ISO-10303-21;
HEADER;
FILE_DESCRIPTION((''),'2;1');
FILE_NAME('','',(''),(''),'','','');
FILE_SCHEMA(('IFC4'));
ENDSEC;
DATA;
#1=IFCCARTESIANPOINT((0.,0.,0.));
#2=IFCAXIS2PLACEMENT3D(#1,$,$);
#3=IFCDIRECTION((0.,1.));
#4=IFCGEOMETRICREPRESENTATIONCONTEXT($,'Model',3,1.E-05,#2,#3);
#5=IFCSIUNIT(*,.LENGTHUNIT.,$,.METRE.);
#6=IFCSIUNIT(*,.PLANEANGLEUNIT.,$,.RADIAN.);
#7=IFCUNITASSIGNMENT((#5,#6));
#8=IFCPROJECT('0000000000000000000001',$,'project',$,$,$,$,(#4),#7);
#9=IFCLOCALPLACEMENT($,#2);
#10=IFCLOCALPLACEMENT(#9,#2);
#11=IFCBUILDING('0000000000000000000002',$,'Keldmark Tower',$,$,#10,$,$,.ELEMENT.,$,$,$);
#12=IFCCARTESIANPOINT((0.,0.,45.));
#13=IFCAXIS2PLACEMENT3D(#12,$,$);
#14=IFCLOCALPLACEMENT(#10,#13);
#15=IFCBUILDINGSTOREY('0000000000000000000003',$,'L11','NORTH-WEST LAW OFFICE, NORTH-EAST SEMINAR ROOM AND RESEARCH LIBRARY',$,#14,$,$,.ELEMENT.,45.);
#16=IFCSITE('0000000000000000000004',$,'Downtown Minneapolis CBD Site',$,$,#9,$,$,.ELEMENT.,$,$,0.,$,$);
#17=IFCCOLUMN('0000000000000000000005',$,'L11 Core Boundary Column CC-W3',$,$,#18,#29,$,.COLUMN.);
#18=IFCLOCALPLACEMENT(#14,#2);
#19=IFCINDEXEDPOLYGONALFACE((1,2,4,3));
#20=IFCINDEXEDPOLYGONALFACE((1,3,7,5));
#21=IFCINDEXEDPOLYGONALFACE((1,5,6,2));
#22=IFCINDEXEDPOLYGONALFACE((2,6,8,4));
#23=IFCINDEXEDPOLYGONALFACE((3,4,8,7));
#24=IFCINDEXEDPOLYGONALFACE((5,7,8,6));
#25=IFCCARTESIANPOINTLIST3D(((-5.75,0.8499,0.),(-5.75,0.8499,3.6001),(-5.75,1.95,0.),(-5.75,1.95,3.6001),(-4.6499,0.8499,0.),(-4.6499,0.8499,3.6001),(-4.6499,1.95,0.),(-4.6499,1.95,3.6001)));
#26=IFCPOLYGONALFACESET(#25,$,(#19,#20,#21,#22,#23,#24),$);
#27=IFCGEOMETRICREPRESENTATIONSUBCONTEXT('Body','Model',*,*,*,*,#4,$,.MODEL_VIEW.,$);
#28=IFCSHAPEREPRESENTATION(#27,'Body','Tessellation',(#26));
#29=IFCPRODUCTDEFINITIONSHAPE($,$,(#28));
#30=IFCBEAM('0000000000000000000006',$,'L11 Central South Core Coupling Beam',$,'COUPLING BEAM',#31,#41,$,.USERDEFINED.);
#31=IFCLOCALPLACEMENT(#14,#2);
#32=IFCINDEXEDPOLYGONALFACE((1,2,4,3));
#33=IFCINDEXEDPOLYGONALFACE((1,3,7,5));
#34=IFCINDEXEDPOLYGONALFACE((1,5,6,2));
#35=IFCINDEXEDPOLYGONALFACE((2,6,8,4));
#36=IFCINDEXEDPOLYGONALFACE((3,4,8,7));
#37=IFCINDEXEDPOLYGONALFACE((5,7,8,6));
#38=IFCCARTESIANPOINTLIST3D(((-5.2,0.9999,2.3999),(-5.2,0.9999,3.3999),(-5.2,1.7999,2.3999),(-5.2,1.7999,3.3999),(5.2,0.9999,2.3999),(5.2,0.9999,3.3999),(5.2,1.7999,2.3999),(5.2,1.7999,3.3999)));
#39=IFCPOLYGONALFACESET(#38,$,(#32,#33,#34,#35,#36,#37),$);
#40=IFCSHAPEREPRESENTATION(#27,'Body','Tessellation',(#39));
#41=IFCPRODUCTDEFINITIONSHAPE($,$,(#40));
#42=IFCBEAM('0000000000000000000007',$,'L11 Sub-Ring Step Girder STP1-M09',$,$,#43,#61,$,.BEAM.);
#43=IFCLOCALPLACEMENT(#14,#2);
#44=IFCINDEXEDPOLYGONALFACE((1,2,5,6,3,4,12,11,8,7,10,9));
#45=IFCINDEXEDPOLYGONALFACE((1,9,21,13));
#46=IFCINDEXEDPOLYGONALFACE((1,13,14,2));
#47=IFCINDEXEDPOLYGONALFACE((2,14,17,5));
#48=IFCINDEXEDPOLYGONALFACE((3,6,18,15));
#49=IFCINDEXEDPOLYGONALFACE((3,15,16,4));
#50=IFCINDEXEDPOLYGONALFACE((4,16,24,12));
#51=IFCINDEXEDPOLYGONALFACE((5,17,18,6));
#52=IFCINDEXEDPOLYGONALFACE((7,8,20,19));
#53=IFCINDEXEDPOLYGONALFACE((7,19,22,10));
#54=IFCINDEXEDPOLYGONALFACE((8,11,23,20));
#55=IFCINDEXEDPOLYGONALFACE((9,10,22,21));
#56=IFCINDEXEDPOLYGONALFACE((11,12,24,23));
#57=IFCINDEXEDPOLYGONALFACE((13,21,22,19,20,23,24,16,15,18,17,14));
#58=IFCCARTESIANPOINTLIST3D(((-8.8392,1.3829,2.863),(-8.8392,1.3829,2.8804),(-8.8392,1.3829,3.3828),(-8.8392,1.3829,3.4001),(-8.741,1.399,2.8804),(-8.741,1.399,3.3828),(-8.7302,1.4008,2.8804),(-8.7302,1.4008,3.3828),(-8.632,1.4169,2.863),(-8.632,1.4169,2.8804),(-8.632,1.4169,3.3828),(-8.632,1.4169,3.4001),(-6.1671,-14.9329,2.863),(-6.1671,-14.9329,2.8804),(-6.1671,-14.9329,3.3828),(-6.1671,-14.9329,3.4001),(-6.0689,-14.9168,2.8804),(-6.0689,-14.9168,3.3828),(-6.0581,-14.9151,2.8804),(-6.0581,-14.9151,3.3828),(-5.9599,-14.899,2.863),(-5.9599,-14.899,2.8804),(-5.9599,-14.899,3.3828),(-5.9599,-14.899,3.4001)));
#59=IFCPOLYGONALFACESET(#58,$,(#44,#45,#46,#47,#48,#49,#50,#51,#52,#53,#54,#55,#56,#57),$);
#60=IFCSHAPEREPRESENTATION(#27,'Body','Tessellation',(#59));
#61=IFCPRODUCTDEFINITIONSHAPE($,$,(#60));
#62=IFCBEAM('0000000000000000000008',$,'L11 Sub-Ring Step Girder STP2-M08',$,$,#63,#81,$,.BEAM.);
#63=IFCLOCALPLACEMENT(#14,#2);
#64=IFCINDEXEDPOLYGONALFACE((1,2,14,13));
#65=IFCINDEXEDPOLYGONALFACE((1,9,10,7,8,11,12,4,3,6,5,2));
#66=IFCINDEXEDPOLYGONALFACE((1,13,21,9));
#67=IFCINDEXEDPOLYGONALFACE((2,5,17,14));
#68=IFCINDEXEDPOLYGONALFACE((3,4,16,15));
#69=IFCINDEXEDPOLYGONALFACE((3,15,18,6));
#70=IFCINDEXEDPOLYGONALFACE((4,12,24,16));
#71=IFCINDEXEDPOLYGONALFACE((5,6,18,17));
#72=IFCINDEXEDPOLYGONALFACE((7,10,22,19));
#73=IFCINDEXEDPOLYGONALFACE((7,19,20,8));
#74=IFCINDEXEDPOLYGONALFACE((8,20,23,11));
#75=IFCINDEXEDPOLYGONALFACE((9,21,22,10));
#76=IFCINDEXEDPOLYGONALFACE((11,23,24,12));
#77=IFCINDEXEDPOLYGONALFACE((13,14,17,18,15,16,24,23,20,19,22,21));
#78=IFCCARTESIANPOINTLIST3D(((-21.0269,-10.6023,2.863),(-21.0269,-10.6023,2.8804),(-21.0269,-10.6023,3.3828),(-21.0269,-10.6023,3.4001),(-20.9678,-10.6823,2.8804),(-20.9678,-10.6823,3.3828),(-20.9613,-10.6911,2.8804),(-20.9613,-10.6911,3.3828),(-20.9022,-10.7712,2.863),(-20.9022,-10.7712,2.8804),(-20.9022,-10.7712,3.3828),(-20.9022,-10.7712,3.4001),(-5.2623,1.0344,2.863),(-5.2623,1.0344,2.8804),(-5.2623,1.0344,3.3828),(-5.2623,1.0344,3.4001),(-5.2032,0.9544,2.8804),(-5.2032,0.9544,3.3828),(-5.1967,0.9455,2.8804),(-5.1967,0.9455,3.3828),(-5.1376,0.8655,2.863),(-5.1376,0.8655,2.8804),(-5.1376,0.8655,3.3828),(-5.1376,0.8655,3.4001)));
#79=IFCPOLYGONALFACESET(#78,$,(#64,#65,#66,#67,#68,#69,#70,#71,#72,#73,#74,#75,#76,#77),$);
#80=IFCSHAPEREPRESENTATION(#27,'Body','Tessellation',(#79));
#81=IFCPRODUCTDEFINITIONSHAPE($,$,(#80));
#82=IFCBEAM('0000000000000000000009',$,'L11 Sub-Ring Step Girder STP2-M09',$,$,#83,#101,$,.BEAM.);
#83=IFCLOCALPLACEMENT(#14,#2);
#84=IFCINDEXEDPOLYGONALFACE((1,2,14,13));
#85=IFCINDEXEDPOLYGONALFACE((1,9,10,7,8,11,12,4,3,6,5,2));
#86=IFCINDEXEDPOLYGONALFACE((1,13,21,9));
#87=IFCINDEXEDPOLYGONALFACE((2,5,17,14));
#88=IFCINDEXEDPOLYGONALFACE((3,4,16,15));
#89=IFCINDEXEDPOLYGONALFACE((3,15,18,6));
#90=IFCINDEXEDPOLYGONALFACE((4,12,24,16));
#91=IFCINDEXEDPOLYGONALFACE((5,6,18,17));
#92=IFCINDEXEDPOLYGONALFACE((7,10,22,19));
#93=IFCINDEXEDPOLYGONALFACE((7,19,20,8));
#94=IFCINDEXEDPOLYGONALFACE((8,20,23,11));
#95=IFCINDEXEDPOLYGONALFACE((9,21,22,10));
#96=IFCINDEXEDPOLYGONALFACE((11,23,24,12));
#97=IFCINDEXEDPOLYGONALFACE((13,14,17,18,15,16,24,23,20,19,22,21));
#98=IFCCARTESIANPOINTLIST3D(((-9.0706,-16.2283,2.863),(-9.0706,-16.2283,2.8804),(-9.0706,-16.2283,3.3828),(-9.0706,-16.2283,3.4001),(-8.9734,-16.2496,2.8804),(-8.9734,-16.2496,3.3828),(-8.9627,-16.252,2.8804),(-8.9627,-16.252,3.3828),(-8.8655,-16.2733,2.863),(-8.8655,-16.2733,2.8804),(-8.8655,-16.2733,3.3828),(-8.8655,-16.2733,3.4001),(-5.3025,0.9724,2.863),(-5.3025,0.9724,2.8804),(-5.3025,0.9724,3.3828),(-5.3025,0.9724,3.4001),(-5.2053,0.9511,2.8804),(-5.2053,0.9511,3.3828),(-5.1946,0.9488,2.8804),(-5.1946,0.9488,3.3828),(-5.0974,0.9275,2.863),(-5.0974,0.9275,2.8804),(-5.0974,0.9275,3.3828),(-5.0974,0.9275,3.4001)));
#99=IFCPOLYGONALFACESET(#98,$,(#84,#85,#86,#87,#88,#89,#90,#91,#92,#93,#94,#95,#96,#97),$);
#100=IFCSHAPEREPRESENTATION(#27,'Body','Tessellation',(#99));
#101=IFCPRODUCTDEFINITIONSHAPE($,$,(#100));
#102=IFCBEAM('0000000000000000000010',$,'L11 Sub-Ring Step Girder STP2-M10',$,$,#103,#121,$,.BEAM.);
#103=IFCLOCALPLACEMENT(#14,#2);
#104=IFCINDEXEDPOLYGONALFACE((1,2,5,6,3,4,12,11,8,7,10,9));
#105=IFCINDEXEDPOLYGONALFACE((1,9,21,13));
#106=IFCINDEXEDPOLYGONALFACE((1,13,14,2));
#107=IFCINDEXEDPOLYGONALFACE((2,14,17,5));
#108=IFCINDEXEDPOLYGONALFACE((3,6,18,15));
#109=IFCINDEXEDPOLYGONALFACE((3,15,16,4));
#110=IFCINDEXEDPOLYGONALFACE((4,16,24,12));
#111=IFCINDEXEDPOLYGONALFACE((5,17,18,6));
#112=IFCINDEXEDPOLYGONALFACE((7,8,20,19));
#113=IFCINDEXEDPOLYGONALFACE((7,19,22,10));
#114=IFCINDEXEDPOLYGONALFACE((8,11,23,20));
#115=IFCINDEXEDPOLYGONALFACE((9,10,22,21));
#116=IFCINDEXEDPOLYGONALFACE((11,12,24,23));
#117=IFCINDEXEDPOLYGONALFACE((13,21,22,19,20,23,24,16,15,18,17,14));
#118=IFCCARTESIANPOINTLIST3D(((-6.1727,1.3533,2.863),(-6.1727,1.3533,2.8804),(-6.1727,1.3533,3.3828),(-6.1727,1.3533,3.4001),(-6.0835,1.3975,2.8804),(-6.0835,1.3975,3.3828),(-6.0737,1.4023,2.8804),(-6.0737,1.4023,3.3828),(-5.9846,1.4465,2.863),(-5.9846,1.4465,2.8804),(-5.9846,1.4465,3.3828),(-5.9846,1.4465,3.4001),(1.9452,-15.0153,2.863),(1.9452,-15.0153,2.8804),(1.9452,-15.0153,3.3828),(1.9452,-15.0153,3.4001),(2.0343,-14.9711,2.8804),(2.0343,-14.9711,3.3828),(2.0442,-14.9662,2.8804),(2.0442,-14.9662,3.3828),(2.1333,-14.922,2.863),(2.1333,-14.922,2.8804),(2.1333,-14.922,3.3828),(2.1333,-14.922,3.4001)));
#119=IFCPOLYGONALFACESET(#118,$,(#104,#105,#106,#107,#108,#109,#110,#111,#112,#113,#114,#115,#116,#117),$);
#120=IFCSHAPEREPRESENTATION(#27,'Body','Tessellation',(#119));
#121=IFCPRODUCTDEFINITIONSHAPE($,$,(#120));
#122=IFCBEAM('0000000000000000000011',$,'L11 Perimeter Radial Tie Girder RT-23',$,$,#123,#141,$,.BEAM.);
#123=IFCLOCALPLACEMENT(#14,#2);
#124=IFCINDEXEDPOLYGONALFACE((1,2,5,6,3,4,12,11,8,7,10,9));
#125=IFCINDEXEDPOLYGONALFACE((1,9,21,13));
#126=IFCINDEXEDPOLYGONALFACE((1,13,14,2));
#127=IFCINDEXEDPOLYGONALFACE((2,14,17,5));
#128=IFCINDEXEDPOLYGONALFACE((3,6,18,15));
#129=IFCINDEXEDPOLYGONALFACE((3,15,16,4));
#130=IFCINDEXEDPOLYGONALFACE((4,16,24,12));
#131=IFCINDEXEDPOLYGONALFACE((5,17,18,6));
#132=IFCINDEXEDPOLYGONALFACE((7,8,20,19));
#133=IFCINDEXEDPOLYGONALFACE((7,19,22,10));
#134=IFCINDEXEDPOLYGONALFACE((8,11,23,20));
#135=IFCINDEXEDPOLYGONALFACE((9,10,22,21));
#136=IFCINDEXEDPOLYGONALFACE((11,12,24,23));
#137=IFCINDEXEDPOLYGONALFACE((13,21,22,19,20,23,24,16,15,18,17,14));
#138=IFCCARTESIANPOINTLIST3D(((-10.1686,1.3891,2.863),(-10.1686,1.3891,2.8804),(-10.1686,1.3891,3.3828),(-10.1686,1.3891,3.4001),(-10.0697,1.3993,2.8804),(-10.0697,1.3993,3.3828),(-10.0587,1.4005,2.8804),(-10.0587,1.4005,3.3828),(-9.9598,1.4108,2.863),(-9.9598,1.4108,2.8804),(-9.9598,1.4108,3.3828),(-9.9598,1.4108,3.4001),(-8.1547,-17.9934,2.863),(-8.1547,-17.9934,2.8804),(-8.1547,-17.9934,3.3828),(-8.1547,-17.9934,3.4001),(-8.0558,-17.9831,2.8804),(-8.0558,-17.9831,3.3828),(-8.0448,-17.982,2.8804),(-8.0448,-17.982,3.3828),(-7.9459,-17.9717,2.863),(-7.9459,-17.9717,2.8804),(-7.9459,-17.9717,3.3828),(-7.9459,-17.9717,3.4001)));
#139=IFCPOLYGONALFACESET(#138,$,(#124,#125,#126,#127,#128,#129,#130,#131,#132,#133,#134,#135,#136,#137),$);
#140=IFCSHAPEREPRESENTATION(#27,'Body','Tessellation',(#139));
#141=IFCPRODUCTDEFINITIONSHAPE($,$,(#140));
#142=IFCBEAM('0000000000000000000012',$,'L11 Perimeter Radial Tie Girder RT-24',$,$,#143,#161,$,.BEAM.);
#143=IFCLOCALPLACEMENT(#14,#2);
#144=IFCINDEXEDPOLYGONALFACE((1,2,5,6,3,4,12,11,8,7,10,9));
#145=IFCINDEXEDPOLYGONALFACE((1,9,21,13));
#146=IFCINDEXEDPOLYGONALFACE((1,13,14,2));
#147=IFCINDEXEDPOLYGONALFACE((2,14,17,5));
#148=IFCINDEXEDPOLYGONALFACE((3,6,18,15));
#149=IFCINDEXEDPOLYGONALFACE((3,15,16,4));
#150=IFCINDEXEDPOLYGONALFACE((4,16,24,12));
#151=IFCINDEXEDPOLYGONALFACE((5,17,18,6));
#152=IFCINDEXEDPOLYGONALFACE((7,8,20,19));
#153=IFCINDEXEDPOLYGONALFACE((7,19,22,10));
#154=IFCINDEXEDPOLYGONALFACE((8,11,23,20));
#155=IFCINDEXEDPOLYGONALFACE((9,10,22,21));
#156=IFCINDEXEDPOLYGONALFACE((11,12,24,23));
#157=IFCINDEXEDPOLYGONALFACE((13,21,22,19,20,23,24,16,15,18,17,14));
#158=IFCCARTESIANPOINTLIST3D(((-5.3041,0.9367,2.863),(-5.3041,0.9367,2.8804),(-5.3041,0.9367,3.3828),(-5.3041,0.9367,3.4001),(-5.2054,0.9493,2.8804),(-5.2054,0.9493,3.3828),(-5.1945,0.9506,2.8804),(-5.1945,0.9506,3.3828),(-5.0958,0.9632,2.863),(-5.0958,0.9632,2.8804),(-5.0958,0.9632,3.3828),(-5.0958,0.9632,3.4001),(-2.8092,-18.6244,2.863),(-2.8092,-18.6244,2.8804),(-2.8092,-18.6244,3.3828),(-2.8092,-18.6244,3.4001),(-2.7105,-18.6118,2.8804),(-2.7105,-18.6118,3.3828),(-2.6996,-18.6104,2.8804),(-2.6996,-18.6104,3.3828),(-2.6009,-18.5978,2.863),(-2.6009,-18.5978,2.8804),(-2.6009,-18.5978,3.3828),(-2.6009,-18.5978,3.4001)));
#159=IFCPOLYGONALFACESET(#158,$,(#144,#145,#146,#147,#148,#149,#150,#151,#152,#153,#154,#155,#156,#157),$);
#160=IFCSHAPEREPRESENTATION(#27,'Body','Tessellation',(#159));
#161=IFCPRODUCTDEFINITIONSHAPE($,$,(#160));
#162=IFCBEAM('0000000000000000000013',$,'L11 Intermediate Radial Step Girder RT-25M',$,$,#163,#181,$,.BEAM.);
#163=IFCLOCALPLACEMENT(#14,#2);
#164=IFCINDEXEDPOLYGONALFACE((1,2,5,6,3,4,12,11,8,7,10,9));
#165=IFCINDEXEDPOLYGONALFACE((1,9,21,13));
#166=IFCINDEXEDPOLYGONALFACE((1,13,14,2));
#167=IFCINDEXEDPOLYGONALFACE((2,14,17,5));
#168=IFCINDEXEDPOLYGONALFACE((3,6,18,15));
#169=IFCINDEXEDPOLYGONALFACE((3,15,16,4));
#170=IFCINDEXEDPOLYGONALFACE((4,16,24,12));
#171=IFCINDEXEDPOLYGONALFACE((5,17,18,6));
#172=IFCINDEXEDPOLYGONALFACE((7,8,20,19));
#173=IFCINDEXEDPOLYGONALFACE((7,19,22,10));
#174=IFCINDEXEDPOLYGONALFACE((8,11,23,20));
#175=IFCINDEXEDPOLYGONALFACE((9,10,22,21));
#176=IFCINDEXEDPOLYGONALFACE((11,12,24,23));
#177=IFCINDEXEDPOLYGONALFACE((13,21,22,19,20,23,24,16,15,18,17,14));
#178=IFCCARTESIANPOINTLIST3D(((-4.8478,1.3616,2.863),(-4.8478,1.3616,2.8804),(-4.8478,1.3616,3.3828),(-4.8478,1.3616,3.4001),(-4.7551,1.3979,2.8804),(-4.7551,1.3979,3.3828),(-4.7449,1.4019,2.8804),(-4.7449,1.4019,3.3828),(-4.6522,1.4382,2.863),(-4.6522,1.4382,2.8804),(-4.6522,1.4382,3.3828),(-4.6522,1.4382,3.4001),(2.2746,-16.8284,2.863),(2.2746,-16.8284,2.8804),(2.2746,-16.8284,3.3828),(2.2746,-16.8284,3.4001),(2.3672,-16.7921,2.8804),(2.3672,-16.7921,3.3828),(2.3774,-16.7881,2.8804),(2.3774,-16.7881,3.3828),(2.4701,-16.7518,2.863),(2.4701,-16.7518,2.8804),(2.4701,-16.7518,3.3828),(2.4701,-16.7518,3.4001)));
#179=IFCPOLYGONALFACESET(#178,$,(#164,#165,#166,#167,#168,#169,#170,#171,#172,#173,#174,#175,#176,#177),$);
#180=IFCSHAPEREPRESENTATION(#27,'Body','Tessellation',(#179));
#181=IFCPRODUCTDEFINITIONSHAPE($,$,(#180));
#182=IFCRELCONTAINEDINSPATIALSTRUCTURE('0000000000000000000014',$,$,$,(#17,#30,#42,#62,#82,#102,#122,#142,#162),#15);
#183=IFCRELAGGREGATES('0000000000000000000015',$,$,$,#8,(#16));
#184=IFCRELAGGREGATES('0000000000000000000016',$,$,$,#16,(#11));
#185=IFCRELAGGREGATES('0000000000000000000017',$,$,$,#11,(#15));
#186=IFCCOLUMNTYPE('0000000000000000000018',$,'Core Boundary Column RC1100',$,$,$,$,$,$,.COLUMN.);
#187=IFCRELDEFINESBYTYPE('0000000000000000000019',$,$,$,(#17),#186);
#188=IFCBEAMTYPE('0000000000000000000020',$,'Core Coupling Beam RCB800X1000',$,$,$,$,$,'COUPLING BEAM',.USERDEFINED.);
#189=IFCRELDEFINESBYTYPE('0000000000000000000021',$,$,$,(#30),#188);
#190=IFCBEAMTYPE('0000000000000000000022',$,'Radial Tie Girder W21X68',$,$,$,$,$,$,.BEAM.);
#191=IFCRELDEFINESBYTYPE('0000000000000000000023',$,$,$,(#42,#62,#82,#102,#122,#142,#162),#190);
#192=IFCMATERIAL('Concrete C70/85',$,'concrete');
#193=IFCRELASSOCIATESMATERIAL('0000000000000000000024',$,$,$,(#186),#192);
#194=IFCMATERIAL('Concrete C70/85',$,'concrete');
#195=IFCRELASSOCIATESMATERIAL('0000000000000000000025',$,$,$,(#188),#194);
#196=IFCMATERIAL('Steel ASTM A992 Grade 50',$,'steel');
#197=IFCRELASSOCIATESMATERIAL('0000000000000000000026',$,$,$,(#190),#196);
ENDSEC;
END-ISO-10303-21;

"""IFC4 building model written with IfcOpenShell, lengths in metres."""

from ifc_helpers import new_model, si_unit, direction, frame, origin, origin_2d, place, context, subcontext, project, spatial, rectangle, i_section, extrude, material, material_profile, profile_set, type_object, element, save


model = new_model("IFC4")

# Units and contexts
model_context = context("Model", 3, precision=1e-05, world=origin(), true_north=direction((0.0, 1.0)))
body_context = subcontext(model_context, "Body", "Model", "MODEL_VIEW")
ifc_project = project(units=[si_unit("LENGTHUNIT", "METRE"), si_unit("PLANEANGLEUNIT", "RADIAN")], contexts=[model_context])

# Site, building, storey
site_placement = place(None, origin())
site = spatial("IfcSite", under=ifc_project, at=site_placement, Name="Downtown Minneapolis CBD Site", CompositionType="ELEMENT", RefElevation=0.0)
building_placement = place(site_placement, origin())
building = spatial("IfcBuilding", under=site, at=building_placement, Name="Keldmark Tower", CompositionType="ELEMENT")
storey_placement = place(building_placement, frame((0.0, 0.0, 45.0)))
storey = spatial("IfcBuildingStorey", under=building, at=storey_placement, Name="L11", Description="NORTH-WEST LAW OFFICE, NORTH-EAST SEMINAR ROOM AND RESEARCH LIBRARY", CompositionType="ELEMENT", Elevation=45.0)

# Column
ifc_material_1 = material(Name="Concrete C70/85", Category="concrete")
ifc_material_profile_1 = material_profile(ifc_material_1, rectangle(XDim=1.1001, YDim=1.1001, at=origin_2d()), Name="RC1100X1100")
ifc_profile_set_1 = profile_set([ifc_material_profile_1], Name="Concrete C70/85")
column_type = type_object("IfcColumnType", Name="Core Boundary Column RC1100", PredefinedType="COLUMN", material=ifc_profile_set_1)
column_placement = place(storey_placement, frame((-5.2, 1.3999, 0.0), z_axis=(0.0, 0.0, 1.0), x_axis=(1.0, 0.0, 0.0)))
element("IfcColumn", 1, at=column_placement, inside=storey, type_object=column_type, Name="L11 Core Boundary Column CC-W3", PredefinedType="COLUMN", context=body_context, shape_type="SweptSolid", body=[
    extrude(rectangle(XDim=1.1001, YDim=1.1001, at=origin_2d()), origin(), (0.0, 0.0, 1.0), 3.6001),
])

# Beams
ifc_material_2 = material(Name="Concrete C70/85", Category="concrete")
ifc_material_profile_2 = material_profile(ifc_material_2, rectangle(XDim=0.8, YDim=1.0, at=origin_2d()), Name="RCB800X1000")
ifc_profile_set_2 = profile_set([ifc_material_profile_2], Name="Concrete C70/85")
beam_type_1 = type_object("IfcBeamType", Name="Core Coupling Beam RCB800X1000", ElementType="COUPLING BEAM", PredefinedType="USERDEFINED", material=ifc_profile_set_2)
beam_1_placement = place(storey_placement, frame((-5.2, 1.3999, 2.8999), z_axis=(1.0, 0.0, 0.0), x_axis=(0.0, 1.0, 0.0)))
element("IfcBeam", 2, at=beam_1_placement, inside=storey, type_object=beam_type_1, Name="L11 Central South Core Coupling Beam", ObjectType="COUPLING BEAM", PredefinedType="USERDEFINED", context=body_context, shape_type="SweptSolid", body=[
    extrude(rectangle(XDim=0.8, YDim=1.0, at=origin_2d()), origin(), (0.0, 0.0, 1.0), 10.3999),
])
ifc_material_3 = material(Name="Steel ASTM A992 Grade 50", Category="steel")
ifc_material_profile_3 = material_profile(ifc_material_3, i_section(OverallWidth=0.21, OverallDepth=0.5371, WebThickness=0.011, FlangeThickness=0.0173, at=origin_2d()), Name="W21X68")
ifc_profile_set_3 = profile_set([ifc_material_profile_3], Name="Steel ASTM A992 Grade 50")
beam_type_2 = type_object("IfcBeamType", Name="Radial Tie Girder W21X68", PredefinedType="BEAM", material=ifc_profile_set_3)
beam_2_placement = place(storey_placement, frame((-8.7356, 1.3999, 3.1316), z_axis=(0.161621, -0.986853, 0.0), x_axis=(0.986853, 0.161621, 0.0)))
element("IfcBeam", 3, at=beam_2_placement, inside=storey, type_object=beam_type_2, Name="L11 Sub-Ring Step Girder STP1-M09", PredefinedType="BEAM", context=body_context, shape_type="SweptSolid", body=[
    extrude(i_section(OverallWidth=0.21, OverallDepth=0.5371, WebThickness=0.011, FlangeThickness=0.0173, at=origin_2d()), origin(), (0.0, 0.0, 1.0), 16.5332),
])
beam_3_placement = place(storey_placement, frame((-5.2, 0.95, 3.1316), z_axis=(-0.804552, -0.593882, 0.0), x_axis=(0.593882, -0.804552, 0.0)))
element("IfcBeam", 4, at=beam_3_placement, inside=storey, type_object=beam_type_2, Name="L11 Sub-Ring Step Girder STP2-M08", PredefinedType="BEAM", context=body_context, shape_type="SweptSolid", body=[
    extrude(i_section(OverallWidth=0.21, OverallDepth=0.5371, WebThickness=0.011, FlangeThickness=0.0173, at=origin_2d()), origin(), (0.0, 0.0, 1.0), 19.5942),
])
beam_4_placement = place(storey_placement, frame((-5.2, 0.95, 3.1316), z_axis=(-0.21399, -0.976836, 0.0), x_axis=(0.976836, -0.21399, 0.0)))
element("IfcBeam", 5, at=beam_4_placement, inside=storey, type_object=beam_type_2, Name="L11 Sub-Ring Step Girder STP2-M09", PredefinedType="BEAM", context=body_context, shape_type="SweptSolid", body=[
    extrude(i_section(OverallWidth=0.21, OverallDepth=0.5371, WebThickness=0.011, FlangeThickness=0.0173, at=origin_2d()), origin(), (0.0, 0.0, 1.0), 17.6086),
])
beam_5_placement = place(storey_placement, frame((-6.0786, 1.3999, 3.1316), z_axis=(0.444304, -0.895876, 0.0), x_axis=(0.895876, 0.444304, 0.0)))
element("IfcBeam", 6, at=beam_5_placement, inside=storey, type_object=beam_type_2, Name="L11 Sub-Ring Step Girder STP2-M10", PredefinedType="BEAM", context=body_context, shape_type="SweptSolid", body=[
    extrude(i_section(OverallWidth=0.21, OverallDepth=0.5371, WebThickness=0.011, FlangeThickness=0.0173, at=origin_2d()), origin(), (0.0, 0.0, 1.0), 18.271),
])
beam_6_placement = place(storey_placement, frame((-10.0642, 1.3999, 3.1316), z_axis=(0.103347, -0.994645, 0.0), x_axis=(0.994645, 0.103347, 0.0)))
element("IfcBeam", 7, at=beam_6_placement, inside=storey, type_object=beam_type_2, Name="L11 Perimeter Radial Tie Girder RT-23", PredefinedType="BEAM", context=body_context, shape_type="SweptSolid", body=[
    extrude(i_section(OverallWidth=0.21, OverallDepth=0.5371, WebThickness=0.011, FlangeThickness=0.0173, at=origin_2d()), origin(), (0.0, 0.0, 1.0), 19.4868),
])
beam_7_placement = place(storey_placement, frame((-5.2, 0.95, 3.1316), z_axis=(0.126518, -0.991964, 0.0), x_axis=(0.991964, 0.126518, 0.0)))
element("IfcBeam", 8, at=beam_7_placement, inside=storey, type_object=beam_type_2, Name="L11 Perimeter Radial Tie Girder RT-24", PredefinedType="BEAM", context=body_context, shape_type="SweptSolid", body=[
    extrude(i_section(OverallWidth=0.21, OverallDepth=0.5371, WebThickness=0.011, FlangeThickness=0.0173, at=origin_2d()), origin(), (0.0, 0.0, 1.0), 19.7195),
])
beam_8_placement = place(storey_placement, frame((-4.75, 1.3999, 3.1316), z_axis=(0.3646, -0.931164, 0.0), x_axis=(0.931164, 0.3646, 0.0)))
element("IfcBeam", 9, at=beam_8_placement, inside=storey, type_object=beam_type_2, Name="L11 Intermediate Radial Step Girder RT-25M", PredefinedType="BEAM", context=body_context, shape_type="SweptSolid", body=[
    extrude(i_section(OverallWidth=0.21, OverallDepth=0.5371, WebThickness=0.011, FlangeThickness=0.0173, at=origin_2d()), origin(), (0.0, 0.0, 1.0), 19.5347),
])

save(model, "model.ifc")
